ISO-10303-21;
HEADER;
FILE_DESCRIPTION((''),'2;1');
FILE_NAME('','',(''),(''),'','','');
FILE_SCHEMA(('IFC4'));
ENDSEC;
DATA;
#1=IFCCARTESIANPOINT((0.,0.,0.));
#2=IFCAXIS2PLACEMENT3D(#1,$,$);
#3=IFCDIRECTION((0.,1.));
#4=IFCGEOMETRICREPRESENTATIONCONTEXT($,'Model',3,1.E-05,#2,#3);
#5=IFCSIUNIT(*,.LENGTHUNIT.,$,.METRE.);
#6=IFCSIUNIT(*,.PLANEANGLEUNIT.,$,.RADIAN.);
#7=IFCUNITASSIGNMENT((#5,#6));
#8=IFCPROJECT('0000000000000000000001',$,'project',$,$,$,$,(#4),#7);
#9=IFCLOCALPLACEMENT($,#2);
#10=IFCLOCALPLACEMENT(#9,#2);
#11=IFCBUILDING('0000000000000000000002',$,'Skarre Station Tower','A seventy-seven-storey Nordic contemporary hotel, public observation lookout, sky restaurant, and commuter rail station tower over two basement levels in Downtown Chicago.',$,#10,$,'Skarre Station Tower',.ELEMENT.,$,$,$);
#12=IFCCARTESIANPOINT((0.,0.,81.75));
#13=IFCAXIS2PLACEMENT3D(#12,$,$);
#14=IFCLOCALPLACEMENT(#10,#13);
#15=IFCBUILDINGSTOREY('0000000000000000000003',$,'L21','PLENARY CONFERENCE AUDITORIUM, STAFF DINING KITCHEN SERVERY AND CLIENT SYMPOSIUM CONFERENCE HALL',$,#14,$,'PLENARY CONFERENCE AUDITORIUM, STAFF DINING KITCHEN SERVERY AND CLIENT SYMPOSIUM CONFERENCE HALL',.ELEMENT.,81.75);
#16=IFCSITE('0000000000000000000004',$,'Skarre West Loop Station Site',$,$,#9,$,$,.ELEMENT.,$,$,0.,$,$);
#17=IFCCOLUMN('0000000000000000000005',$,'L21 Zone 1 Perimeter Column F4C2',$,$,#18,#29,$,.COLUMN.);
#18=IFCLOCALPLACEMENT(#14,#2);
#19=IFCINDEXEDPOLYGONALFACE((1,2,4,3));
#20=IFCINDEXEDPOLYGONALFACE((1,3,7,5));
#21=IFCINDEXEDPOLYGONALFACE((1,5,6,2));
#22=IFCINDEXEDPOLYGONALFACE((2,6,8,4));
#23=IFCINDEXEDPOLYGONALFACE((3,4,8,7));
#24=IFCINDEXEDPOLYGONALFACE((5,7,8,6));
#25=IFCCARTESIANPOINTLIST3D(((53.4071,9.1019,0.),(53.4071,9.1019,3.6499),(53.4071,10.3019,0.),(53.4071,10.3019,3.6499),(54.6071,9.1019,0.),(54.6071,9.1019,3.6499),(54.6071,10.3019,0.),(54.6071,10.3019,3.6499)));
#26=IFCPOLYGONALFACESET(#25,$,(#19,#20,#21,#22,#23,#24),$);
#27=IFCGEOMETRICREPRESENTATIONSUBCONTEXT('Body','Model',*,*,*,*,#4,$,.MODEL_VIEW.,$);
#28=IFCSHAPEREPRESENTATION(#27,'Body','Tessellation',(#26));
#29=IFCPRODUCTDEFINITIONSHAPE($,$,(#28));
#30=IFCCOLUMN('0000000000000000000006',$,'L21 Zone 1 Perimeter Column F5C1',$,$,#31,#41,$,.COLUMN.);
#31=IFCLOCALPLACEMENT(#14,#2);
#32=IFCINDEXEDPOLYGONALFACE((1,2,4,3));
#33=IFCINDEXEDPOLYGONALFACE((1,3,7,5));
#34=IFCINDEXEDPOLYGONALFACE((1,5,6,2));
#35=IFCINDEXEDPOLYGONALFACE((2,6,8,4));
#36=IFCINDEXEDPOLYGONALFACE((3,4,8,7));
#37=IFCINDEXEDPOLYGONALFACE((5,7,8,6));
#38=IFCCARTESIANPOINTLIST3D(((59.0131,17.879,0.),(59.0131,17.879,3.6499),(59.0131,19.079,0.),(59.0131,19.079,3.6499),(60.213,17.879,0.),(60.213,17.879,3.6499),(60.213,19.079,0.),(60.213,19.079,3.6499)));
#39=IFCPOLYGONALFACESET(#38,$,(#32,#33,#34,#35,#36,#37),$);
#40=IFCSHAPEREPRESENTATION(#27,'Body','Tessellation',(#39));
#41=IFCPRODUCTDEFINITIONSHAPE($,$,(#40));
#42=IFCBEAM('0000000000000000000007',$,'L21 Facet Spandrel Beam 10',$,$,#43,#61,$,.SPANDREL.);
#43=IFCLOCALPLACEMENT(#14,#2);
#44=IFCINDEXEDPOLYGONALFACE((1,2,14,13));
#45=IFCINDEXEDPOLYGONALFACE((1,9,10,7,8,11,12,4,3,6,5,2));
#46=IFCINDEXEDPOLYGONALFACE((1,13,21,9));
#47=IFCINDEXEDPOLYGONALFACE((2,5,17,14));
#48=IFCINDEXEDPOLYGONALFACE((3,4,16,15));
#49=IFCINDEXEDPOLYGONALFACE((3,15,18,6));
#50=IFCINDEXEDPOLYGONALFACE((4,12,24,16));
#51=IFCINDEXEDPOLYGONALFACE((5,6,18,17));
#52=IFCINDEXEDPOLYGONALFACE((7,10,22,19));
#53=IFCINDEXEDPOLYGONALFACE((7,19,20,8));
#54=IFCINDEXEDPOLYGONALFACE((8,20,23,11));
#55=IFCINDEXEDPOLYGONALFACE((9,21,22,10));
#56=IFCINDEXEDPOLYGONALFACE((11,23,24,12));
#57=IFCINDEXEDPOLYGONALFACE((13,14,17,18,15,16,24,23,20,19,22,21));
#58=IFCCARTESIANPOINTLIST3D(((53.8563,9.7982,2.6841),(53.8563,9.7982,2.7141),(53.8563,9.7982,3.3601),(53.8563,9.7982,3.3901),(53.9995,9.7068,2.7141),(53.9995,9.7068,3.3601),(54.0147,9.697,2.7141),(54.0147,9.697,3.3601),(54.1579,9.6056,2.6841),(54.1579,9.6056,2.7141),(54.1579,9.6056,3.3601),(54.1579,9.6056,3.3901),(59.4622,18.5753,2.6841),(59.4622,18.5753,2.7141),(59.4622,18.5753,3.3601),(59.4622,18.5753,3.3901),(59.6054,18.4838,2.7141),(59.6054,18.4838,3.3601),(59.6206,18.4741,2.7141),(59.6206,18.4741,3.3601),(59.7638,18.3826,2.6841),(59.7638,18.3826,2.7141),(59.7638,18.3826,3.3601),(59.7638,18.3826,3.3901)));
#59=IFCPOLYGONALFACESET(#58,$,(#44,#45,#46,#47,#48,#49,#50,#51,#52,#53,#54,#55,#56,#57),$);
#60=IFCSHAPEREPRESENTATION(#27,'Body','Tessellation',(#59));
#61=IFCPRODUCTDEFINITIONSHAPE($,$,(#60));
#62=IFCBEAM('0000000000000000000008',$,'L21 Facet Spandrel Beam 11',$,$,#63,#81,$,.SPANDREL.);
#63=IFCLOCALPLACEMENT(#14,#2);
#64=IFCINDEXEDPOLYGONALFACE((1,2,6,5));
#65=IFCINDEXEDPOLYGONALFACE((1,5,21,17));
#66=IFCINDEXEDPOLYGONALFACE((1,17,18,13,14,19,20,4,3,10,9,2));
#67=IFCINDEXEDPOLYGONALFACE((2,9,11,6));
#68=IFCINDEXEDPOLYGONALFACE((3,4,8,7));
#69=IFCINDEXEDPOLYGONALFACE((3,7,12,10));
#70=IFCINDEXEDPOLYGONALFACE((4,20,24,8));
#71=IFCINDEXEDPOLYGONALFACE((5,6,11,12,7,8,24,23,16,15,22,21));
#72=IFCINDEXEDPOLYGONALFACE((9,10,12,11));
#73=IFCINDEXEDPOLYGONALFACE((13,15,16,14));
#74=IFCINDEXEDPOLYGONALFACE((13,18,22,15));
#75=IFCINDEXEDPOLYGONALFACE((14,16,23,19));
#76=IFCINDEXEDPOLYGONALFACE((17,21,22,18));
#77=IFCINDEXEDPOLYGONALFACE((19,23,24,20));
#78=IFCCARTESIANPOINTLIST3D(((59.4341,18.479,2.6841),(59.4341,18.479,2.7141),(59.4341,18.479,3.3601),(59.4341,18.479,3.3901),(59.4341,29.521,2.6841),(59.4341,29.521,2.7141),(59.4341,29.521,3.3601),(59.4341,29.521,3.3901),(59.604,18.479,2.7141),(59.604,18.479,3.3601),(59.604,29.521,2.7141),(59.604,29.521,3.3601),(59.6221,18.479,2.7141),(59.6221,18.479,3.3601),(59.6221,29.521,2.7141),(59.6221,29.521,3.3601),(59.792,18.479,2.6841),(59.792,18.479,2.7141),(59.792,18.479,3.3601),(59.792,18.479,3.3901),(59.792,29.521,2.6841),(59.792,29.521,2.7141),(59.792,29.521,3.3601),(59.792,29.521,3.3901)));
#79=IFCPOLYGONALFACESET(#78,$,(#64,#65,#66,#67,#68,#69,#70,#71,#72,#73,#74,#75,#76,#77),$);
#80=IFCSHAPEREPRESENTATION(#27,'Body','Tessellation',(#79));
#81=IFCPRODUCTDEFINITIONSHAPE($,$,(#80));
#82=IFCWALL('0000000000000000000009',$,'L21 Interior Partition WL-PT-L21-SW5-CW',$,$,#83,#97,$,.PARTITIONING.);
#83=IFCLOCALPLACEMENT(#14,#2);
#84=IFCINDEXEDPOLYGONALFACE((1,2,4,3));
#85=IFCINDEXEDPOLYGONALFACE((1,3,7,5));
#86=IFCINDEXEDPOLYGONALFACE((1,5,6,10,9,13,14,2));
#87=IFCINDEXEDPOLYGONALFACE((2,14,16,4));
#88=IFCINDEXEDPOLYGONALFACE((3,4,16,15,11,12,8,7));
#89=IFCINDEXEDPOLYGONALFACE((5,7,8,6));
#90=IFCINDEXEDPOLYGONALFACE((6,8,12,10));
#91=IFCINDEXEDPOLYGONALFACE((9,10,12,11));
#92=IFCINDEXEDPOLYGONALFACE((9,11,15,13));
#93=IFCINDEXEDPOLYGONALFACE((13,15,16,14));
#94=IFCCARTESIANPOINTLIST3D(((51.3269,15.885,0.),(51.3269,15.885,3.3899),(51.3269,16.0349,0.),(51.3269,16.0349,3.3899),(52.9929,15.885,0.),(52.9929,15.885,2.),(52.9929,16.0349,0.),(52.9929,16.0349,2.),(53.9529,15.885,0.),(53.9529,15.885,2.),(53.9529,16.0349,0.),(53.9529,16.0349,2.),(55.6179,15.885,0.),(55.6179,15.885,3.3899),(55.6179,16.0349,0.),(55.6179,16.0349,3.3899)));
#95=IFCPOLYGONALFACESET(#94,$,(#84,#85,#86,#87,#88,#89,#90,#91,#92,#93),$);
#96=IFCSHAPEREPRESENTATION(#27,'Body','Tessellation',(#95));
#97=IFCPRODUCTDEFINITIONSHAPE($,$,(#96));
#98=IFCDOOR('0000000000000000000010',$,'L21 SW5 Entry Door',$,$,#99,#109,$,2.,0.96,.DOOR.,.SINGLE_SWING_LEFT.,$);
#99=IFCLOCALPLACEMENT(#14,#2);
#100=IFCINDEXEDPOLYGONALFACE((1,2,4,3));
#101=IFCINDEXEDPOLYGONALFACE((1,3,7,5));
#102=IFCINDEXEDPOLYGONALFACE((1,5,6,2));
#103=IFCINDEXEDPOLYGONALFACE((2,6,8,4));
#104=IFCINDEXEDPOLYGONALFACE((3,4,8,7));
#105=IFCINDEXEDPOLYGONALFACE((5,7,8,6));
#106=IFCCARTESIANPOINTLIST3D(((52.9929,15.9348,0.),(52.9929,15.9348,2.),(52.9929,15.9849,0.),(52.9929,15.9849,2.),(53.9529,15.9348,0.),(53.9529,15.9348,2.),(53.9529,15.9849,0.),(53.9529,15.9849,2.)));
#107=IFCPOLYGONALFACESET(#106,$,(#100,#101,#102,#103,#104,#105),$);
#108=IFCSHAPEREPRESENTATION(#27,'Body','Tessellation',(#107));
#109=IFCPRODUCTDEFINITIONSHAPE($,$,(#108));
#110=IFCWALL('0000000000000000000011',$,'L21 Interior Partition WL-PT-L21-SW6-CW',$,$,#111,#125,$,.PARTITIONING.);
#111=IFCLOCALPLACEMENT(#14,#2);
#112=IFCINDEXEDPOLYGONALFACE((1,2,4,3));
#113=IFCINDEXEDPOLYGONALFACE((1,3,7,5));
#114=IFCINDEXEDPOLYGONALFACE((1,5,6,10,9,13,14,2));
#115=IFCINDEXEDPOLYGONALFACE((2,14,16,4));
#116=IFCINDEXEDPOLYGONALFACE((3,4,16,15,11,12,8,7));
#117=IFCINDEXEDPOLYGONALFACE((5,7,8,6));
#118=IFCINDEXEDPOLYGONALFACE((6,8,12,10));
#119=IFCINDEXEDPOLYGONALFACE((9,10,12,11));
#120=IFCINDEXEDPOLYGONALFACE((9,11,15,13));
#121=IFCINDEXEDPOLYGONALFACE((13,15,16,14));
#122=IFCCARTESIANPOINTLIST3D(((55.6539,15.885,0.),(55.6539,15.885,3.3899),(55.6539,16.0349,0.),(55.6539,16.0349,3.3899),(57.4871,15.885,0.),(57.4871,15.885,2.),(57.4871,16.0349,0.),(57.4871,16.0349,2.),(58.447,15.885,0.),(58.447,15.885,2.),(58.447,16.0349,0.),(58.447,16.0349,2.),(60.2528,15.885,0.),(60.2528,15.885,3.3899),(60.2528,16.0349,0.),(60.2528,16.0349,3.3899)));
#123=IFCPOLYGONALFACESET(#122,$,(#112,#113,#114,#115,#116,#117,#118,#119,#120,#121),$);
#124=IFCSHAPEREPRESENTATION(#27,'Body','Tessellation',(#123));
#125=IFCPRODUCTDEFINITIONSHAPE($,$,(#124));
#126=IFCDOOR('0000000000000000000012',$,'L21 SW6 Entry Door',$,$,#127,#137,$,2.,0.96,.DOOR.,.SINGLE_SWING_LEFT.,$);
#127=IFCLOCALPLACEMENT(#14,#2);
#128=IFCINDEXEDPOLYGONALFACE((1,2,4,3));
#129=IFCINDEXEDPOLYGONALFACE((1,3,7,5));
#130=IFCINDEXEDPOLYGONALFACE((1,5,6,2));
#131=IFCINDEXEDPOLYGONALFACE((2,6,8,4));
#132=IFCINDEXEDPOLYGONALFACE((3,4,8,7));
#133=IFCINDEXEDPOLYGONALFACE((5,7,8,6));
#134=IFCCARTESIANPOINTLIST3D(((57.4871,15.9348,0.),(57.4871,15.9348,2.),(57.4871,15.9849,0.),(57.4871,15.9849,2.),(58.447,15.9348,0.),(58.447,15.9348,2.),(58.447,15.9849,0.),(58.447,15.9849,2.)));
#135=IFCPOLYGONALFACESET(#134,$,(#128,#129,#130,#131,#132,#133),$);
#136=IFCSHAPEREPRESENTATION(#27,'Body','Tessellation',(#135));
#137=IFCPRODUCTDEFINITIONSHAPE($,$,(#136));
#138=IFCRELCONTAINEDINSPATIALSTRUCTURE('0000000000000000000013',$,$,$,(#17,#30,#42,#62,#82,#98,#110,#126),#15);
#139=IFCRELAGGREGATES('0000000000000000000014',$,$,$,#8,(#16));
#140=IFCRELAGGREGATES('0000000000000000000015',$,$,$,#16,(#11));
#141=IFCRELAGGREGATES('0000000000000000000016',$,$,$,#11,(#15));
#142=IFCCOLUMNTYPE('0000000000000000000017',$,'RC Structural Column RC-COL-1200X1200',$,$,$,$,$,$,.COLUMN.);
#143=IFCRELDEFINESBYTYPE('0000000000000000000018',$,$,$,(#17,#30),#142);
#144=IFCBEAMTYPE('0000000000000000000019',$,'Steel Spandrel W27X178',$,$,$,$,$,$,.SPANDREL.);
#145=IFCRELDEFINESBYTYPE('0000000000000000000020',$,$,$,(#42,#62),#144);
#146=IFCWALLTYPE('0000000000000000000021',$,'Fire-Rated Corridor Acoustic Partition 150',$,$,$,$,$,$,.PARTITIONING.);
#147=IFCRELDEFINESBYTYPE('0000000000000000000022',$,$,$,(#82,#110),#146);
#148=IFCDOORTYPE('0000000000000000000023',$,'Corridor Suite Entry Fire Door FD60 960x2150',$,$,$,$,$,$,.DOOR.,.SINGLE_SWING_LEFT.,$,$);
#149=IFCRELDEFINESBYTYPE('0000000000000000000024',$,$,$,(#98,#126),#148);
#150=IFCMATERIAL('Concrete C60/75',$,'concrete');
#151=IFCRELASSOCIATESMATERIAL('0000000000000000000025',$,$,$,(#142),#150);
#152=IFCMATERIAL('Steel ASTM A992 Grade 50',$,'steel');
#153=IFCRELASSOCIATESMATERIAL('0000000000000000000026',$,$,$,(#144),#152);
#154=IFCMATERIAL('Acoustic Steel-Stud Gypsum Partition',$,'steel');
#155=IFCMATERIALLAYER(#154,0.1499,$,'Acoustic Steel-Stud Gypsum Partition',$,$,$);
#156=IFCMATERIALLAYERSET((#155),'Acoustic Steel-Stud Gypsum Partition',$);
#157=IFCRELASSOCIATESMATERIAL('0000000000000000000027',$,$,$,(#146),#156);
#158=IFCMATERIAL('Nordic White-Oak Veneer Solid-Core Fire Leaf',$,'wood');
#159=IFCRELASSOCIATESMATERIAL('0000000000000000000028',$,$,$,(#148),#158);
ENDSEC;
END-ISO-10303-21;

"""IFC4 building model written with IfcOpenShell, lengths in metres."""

from ifc_helpers import new_model, si_unit, direction, frame, frame_2d, origin, origin_2d, place, context, subcontext, project, spatial, rectangle, i_section, extrude, material, layer, layer_set, material_profile, profile_set, type_object, element, fill, save


model = new_model("IFC4")

# Units and contexts
model_context = context("Model", 3, precision=1e-05, world=origin(), true_north=direction((0.0, 1.0)))
body_context = subcontext(model_context, "Body", "Model", "MODEL_VIEW")
ifc_project = project(units=[si_unit("LENGTHUNIT", "METRE"), si_unit("PLANEANGLEUNIT", "RADIAN")], contexts=[model_context])

# Site, building, storey
site_placement = place(None, origin())
site = spatial("IfcSite", under=ifc_project, at=site_placement, Name="Skarre West Loop Station Site", CompositionType="ELEMENT", RefElevation=0.0)
building_placement = place(site_placement, origin())
building = spatial("IfcBuilding", under=site, at=building_placement, Name="Skarre Station Tower", Description="A seventy-seven-storey Nordic contemporary hotel, public observation lookout, sky restaurant, and commuter rail station tower over two basement levels in Downtown Chicago.", LongName="Skarre Station Tower", CompositionType="ELEMENT")
storey_placement = place(building_placement, frame((0.0, 0.0, 81.75)))
storey = spatial("IfcBuildingStorey", under=building, at=storey_placement, Name="L21", Description="PLENARY CONFERENCE AUDITORIUM, STAFF DINING KITCHEN SERVERY AND CLIENT SYMPOSIUM CONFERENCE HALL", LongName="PLENARY CONFERENCE AUDITORIUM, STAFF DINING KITCHEN SERVERY AND CLIENT SYMPOSIUM CONFERENCE HALL", CompositionType="ELEMENT", Elevation=81.75)

# Columns
ifc_material_1 = material(Name="Concrete C60/75", Category="concrete")
ifc_material_profile_1 = material_profile(ifc_material_1, rectangle(XDim=1.2, YDim=1.2, at=origin_2d()), Name="Concrete C60/75")
ifc_profile_set_1 = profile_set([ifc_material_profile_1], Name="Concrete C60/75")
column_type = type_object("IfcColumnType", Name="RC Structural Column RC-COL-1200X1200", PredefinedType="COLUMN", material=ifc_profile_set_1)
for number, where, z_axis, x_axis, name in (
    (1, (54.0071, 9.7019, 0.0), (0.0, 0.0, 1.0), (1.0, 0.0, 0.0), "L21 Zone 1 Perimeter Column F4C2"),
    (2, (59.613, 18.479, 0.0), (0.0, 0.0, 1.0), (1.0, 0.0, 0.0), "L21 Zone 1 Perimeter Column F5C1"),
):
    element("IfcColumn", number, at=place(storey_placement, frame(where, z_axis=z_axis, x_axis=x_axis)), inside=storey, type_object=column_type, Name=name, PredefinedType="COLUMN", context=body_context, shape_type="SweptSolid", body=[
        extrude(rectangle(XDim=1.2, YDim=1.2, at=origin_2d()), origin(), (0.0, 0.0, 1.0), 3.6499),
    ])

# Beams
ifc_material_2 = material(Name="Steel ASTM A992 Grade 50", Category="steel")
ifc_material_profile_2 = material_profile(ifc_material_2, i_section(OverallWidth=0.3579, OverallDepth=0.7061, WebThickness=0.0181, FlangeThickness=0.03, at=origin_2d()), Name="Steel ASTM A992 Grade 50")
ifc_profile_set_2 = profile_set([ifc_material_profile_2], Name="Steel ASTM A992 Grade 50")
beam_type = type_object("IfcBeamType", Name="Steel Spandrel W27X178", PredefinedType="SPANDREL", material=ifc_profile_set_2)
beam_1_placement = place(storey_placement, frame((54.0071, 9.7019, 3.0371), z_axis=(0.538278, 0.842767, 0.0), x_axis=(-0.842767, 0.538278, 0.0)))
element("IfcBeam", 3, at=beam_1_placement, inside=storey, type_object=beam_type, Name="L21 Facet Spandrel Beam 10", PredefinedType="SPANDREL", context=body_context, shape_type="SweptSolid", body=[
    extrude(i_section(OverallWidth=0.3579, OverallDepth=0.7061, WebThickness=0.0181, FlangeThickness=0.03, at=origin_2d()), origin(), (0.0, 0.0, 1.0), 10.4146),
])
beam_2_placement = place(storey_placement, frame((59.613, 18.479, 3.0371), z_axis=(0.0, 1.0, 0.0), x_axis=(-1.0, 0.0, 0.0)))
element("IfcBeam", 4, at=beam_2_placement, inside=storey, type_object=beam_type, Name="L21 Facet Spandrel Beam 11", PredefinedType="SPANDREL", context=body_context, shape_type="SweptSolid", body=[
    extrude(i_section(OverallWidth=0.3579, OverallDepth=0.7061, WebThickness=0.0181, FlangeThickness=0.03, at=origin_2d()), origin(), (0.0, 0.0, 1.0), 11.042),
])

# Walls, openings, doors
ifc_material_3 = material(Name="Acoustic Steel-Stud Gypsum Partition", Category="steel")
ifc_layer_1 = layer(ifc_material_3, 0.1499, Name="Acoustic Steel-Stud Gypsum Partition")
ifc_layer_set_1 = layer_set([ifc_layer_1], Name="Acoustic Steel-Stud Gypsum Partition")
wall_type_1 = type_object("IfcWallType", Name="Fire-Rated Corridor Acoustic Partition 150", PredefinedType="PARTITIONING", material=ifc_layer_set_1)
wall_1_placement = place(storey_placement, frame((51.3269, 15.96, 0.0), z_axis=(0.0, 0.0, 1.0), x_axis=(1.0, 0.0, 0.0)))
wall_1 = element("IfcWall", 5, at=wall_1_placement, inside=storey, type_object=wall_type_1, Name="L21 Interior Partition WL-PT-L21-SW5-CW", PredefinedType="PARTITIONING", context=body_context, shape_type="SweptSolid", body=[
    extrude(rectangle(XDim=4.291, YDim=0.1499, at=frame_2d((2.1455, 0.0))), origin(), (0.0, 0.0, 1.0), 3.3899),
])
opening_1_placement = place(wall_1_placement, frame((1.666, 0.0, 0.0)))
opening_1 = element("IfcOpeningElement", 6, at=opening_1_placement, cuts=wall_1, PredefinedType="OPENING", context=body_context, shape_type="SweptSolid", body=[
    extrude(rectangle(XDim=0.96, YDim=2.0, at=frame_2d((0.48, 1.0))), frame((0.0, 0.085, 0.0), z_axis=(0.0, -1.0, 0.0), x_axis=(1.0, 0.0, 0.0)), (0.0, 0.0, 1.0), 0.1699),
])
ifc_material_4 = material(Name="Nordic White-Oak Veneer Solid-Core Fire Leaf", Category="wood")
door_type = type_object("IfcDoorType", Name="Corridor Suite Entry Fire Door FD60 960x2150", OperationType="SINGLE_SWING_LEFT", PredefinedType="DOOR", material=ifc_material_4)
door_1_placement = place(opening_1_placement, origin())
door_1 = element("IfcDoor", 7, at=door_1_placement, inside=storey, type_object=door_type, Name="L21 SW5 Entry Door", OperationType="SINGLE_SWING_LEFT", OverallHeight=2.0, OverallWidth=0.96, PredefinedType="DOOR", context=body_context, shape_type="SweptSolid", body=[
    extrude(rectangle(XDim=0.96, YDim=2.0, at=frame_2d((0.48, 1.0))), frame((0.0, 0.0249, 0.0), z_axis=(0.0, -1.0, 0.0), x_axis=(1.0, 0.0, 0.0)), (0.0, 0.0, 1.0), 0.05),
])
fill(opening_1, door_1)
wall_2_placement = place(storey_placement, frame((55.6541, 15.96, 0.0), z_axis=(0.0, 0.0, 1.0), x_axis=(1.0, 0.0, 0.0)))
wall_2 = element("IfcWall", 8, at=wall_2_placement, inside=storey, type_object=wall_type_1, Name="L21 Interior Partition WL-PT-L21-SW6-CW", PredefinedType="PARTITIONING", context=body_context, shape_type="SweptSolid", body=[
    extrude(rectangle(XDim=4.5989, YDim=0.1499, at=frame_2d((2.2993, 0.0))), origin(), (0.0, 0.0, 1.0), 3.3899),
])
opening_2_placement = place(wall_2_placement, frame((1.833, 0.0, 0.0)))
opening_2 = element("IfcOpeningElement", 9, at=opening_2_placement, cuts=wall_2, PredefinedType="OPENING", context=body_context, shape_type="SweptSolid", body=[
    extrude(rectangle(XDim=0.96, YDim=2.0, at=frame_2d((0.48, 1.0))), frame((0.0, 0.085, 0.0), z_axis=(0.0, -1.0, 0.0), x_axis=(1.0, 0.0, 0.0)), (0.0, 0.0, 1.0), 0.1699),
])
door_2_placement = place(opening_2_placement, origin())
door_2 = element("IfcDoor", 10, at=door_2_placement, inside=storey, type_object=door_type, Name="L21 SW6 Entry Door", OperationType="SINGLE_SWING_LEFT", OverallHeight=2.0, OverallWidth=0.96, PredefinedType="DOOR", context=body_context, shape_type="SweptSolid", body=[
    extrude(rectangle(XDim=0.96, YDim=2.0, at=frame_2d((0.48, 1.0))), frame((0.0, 0.0249, 0.0), z_axis=(0.0, -1.0, 0.0), x_axis=(1.0, 0.0, 0.0)), (0.0, 0.0, 1.0), 0.05),
])
fill(opening_2, door_2)

save(model, "model.ifc")
